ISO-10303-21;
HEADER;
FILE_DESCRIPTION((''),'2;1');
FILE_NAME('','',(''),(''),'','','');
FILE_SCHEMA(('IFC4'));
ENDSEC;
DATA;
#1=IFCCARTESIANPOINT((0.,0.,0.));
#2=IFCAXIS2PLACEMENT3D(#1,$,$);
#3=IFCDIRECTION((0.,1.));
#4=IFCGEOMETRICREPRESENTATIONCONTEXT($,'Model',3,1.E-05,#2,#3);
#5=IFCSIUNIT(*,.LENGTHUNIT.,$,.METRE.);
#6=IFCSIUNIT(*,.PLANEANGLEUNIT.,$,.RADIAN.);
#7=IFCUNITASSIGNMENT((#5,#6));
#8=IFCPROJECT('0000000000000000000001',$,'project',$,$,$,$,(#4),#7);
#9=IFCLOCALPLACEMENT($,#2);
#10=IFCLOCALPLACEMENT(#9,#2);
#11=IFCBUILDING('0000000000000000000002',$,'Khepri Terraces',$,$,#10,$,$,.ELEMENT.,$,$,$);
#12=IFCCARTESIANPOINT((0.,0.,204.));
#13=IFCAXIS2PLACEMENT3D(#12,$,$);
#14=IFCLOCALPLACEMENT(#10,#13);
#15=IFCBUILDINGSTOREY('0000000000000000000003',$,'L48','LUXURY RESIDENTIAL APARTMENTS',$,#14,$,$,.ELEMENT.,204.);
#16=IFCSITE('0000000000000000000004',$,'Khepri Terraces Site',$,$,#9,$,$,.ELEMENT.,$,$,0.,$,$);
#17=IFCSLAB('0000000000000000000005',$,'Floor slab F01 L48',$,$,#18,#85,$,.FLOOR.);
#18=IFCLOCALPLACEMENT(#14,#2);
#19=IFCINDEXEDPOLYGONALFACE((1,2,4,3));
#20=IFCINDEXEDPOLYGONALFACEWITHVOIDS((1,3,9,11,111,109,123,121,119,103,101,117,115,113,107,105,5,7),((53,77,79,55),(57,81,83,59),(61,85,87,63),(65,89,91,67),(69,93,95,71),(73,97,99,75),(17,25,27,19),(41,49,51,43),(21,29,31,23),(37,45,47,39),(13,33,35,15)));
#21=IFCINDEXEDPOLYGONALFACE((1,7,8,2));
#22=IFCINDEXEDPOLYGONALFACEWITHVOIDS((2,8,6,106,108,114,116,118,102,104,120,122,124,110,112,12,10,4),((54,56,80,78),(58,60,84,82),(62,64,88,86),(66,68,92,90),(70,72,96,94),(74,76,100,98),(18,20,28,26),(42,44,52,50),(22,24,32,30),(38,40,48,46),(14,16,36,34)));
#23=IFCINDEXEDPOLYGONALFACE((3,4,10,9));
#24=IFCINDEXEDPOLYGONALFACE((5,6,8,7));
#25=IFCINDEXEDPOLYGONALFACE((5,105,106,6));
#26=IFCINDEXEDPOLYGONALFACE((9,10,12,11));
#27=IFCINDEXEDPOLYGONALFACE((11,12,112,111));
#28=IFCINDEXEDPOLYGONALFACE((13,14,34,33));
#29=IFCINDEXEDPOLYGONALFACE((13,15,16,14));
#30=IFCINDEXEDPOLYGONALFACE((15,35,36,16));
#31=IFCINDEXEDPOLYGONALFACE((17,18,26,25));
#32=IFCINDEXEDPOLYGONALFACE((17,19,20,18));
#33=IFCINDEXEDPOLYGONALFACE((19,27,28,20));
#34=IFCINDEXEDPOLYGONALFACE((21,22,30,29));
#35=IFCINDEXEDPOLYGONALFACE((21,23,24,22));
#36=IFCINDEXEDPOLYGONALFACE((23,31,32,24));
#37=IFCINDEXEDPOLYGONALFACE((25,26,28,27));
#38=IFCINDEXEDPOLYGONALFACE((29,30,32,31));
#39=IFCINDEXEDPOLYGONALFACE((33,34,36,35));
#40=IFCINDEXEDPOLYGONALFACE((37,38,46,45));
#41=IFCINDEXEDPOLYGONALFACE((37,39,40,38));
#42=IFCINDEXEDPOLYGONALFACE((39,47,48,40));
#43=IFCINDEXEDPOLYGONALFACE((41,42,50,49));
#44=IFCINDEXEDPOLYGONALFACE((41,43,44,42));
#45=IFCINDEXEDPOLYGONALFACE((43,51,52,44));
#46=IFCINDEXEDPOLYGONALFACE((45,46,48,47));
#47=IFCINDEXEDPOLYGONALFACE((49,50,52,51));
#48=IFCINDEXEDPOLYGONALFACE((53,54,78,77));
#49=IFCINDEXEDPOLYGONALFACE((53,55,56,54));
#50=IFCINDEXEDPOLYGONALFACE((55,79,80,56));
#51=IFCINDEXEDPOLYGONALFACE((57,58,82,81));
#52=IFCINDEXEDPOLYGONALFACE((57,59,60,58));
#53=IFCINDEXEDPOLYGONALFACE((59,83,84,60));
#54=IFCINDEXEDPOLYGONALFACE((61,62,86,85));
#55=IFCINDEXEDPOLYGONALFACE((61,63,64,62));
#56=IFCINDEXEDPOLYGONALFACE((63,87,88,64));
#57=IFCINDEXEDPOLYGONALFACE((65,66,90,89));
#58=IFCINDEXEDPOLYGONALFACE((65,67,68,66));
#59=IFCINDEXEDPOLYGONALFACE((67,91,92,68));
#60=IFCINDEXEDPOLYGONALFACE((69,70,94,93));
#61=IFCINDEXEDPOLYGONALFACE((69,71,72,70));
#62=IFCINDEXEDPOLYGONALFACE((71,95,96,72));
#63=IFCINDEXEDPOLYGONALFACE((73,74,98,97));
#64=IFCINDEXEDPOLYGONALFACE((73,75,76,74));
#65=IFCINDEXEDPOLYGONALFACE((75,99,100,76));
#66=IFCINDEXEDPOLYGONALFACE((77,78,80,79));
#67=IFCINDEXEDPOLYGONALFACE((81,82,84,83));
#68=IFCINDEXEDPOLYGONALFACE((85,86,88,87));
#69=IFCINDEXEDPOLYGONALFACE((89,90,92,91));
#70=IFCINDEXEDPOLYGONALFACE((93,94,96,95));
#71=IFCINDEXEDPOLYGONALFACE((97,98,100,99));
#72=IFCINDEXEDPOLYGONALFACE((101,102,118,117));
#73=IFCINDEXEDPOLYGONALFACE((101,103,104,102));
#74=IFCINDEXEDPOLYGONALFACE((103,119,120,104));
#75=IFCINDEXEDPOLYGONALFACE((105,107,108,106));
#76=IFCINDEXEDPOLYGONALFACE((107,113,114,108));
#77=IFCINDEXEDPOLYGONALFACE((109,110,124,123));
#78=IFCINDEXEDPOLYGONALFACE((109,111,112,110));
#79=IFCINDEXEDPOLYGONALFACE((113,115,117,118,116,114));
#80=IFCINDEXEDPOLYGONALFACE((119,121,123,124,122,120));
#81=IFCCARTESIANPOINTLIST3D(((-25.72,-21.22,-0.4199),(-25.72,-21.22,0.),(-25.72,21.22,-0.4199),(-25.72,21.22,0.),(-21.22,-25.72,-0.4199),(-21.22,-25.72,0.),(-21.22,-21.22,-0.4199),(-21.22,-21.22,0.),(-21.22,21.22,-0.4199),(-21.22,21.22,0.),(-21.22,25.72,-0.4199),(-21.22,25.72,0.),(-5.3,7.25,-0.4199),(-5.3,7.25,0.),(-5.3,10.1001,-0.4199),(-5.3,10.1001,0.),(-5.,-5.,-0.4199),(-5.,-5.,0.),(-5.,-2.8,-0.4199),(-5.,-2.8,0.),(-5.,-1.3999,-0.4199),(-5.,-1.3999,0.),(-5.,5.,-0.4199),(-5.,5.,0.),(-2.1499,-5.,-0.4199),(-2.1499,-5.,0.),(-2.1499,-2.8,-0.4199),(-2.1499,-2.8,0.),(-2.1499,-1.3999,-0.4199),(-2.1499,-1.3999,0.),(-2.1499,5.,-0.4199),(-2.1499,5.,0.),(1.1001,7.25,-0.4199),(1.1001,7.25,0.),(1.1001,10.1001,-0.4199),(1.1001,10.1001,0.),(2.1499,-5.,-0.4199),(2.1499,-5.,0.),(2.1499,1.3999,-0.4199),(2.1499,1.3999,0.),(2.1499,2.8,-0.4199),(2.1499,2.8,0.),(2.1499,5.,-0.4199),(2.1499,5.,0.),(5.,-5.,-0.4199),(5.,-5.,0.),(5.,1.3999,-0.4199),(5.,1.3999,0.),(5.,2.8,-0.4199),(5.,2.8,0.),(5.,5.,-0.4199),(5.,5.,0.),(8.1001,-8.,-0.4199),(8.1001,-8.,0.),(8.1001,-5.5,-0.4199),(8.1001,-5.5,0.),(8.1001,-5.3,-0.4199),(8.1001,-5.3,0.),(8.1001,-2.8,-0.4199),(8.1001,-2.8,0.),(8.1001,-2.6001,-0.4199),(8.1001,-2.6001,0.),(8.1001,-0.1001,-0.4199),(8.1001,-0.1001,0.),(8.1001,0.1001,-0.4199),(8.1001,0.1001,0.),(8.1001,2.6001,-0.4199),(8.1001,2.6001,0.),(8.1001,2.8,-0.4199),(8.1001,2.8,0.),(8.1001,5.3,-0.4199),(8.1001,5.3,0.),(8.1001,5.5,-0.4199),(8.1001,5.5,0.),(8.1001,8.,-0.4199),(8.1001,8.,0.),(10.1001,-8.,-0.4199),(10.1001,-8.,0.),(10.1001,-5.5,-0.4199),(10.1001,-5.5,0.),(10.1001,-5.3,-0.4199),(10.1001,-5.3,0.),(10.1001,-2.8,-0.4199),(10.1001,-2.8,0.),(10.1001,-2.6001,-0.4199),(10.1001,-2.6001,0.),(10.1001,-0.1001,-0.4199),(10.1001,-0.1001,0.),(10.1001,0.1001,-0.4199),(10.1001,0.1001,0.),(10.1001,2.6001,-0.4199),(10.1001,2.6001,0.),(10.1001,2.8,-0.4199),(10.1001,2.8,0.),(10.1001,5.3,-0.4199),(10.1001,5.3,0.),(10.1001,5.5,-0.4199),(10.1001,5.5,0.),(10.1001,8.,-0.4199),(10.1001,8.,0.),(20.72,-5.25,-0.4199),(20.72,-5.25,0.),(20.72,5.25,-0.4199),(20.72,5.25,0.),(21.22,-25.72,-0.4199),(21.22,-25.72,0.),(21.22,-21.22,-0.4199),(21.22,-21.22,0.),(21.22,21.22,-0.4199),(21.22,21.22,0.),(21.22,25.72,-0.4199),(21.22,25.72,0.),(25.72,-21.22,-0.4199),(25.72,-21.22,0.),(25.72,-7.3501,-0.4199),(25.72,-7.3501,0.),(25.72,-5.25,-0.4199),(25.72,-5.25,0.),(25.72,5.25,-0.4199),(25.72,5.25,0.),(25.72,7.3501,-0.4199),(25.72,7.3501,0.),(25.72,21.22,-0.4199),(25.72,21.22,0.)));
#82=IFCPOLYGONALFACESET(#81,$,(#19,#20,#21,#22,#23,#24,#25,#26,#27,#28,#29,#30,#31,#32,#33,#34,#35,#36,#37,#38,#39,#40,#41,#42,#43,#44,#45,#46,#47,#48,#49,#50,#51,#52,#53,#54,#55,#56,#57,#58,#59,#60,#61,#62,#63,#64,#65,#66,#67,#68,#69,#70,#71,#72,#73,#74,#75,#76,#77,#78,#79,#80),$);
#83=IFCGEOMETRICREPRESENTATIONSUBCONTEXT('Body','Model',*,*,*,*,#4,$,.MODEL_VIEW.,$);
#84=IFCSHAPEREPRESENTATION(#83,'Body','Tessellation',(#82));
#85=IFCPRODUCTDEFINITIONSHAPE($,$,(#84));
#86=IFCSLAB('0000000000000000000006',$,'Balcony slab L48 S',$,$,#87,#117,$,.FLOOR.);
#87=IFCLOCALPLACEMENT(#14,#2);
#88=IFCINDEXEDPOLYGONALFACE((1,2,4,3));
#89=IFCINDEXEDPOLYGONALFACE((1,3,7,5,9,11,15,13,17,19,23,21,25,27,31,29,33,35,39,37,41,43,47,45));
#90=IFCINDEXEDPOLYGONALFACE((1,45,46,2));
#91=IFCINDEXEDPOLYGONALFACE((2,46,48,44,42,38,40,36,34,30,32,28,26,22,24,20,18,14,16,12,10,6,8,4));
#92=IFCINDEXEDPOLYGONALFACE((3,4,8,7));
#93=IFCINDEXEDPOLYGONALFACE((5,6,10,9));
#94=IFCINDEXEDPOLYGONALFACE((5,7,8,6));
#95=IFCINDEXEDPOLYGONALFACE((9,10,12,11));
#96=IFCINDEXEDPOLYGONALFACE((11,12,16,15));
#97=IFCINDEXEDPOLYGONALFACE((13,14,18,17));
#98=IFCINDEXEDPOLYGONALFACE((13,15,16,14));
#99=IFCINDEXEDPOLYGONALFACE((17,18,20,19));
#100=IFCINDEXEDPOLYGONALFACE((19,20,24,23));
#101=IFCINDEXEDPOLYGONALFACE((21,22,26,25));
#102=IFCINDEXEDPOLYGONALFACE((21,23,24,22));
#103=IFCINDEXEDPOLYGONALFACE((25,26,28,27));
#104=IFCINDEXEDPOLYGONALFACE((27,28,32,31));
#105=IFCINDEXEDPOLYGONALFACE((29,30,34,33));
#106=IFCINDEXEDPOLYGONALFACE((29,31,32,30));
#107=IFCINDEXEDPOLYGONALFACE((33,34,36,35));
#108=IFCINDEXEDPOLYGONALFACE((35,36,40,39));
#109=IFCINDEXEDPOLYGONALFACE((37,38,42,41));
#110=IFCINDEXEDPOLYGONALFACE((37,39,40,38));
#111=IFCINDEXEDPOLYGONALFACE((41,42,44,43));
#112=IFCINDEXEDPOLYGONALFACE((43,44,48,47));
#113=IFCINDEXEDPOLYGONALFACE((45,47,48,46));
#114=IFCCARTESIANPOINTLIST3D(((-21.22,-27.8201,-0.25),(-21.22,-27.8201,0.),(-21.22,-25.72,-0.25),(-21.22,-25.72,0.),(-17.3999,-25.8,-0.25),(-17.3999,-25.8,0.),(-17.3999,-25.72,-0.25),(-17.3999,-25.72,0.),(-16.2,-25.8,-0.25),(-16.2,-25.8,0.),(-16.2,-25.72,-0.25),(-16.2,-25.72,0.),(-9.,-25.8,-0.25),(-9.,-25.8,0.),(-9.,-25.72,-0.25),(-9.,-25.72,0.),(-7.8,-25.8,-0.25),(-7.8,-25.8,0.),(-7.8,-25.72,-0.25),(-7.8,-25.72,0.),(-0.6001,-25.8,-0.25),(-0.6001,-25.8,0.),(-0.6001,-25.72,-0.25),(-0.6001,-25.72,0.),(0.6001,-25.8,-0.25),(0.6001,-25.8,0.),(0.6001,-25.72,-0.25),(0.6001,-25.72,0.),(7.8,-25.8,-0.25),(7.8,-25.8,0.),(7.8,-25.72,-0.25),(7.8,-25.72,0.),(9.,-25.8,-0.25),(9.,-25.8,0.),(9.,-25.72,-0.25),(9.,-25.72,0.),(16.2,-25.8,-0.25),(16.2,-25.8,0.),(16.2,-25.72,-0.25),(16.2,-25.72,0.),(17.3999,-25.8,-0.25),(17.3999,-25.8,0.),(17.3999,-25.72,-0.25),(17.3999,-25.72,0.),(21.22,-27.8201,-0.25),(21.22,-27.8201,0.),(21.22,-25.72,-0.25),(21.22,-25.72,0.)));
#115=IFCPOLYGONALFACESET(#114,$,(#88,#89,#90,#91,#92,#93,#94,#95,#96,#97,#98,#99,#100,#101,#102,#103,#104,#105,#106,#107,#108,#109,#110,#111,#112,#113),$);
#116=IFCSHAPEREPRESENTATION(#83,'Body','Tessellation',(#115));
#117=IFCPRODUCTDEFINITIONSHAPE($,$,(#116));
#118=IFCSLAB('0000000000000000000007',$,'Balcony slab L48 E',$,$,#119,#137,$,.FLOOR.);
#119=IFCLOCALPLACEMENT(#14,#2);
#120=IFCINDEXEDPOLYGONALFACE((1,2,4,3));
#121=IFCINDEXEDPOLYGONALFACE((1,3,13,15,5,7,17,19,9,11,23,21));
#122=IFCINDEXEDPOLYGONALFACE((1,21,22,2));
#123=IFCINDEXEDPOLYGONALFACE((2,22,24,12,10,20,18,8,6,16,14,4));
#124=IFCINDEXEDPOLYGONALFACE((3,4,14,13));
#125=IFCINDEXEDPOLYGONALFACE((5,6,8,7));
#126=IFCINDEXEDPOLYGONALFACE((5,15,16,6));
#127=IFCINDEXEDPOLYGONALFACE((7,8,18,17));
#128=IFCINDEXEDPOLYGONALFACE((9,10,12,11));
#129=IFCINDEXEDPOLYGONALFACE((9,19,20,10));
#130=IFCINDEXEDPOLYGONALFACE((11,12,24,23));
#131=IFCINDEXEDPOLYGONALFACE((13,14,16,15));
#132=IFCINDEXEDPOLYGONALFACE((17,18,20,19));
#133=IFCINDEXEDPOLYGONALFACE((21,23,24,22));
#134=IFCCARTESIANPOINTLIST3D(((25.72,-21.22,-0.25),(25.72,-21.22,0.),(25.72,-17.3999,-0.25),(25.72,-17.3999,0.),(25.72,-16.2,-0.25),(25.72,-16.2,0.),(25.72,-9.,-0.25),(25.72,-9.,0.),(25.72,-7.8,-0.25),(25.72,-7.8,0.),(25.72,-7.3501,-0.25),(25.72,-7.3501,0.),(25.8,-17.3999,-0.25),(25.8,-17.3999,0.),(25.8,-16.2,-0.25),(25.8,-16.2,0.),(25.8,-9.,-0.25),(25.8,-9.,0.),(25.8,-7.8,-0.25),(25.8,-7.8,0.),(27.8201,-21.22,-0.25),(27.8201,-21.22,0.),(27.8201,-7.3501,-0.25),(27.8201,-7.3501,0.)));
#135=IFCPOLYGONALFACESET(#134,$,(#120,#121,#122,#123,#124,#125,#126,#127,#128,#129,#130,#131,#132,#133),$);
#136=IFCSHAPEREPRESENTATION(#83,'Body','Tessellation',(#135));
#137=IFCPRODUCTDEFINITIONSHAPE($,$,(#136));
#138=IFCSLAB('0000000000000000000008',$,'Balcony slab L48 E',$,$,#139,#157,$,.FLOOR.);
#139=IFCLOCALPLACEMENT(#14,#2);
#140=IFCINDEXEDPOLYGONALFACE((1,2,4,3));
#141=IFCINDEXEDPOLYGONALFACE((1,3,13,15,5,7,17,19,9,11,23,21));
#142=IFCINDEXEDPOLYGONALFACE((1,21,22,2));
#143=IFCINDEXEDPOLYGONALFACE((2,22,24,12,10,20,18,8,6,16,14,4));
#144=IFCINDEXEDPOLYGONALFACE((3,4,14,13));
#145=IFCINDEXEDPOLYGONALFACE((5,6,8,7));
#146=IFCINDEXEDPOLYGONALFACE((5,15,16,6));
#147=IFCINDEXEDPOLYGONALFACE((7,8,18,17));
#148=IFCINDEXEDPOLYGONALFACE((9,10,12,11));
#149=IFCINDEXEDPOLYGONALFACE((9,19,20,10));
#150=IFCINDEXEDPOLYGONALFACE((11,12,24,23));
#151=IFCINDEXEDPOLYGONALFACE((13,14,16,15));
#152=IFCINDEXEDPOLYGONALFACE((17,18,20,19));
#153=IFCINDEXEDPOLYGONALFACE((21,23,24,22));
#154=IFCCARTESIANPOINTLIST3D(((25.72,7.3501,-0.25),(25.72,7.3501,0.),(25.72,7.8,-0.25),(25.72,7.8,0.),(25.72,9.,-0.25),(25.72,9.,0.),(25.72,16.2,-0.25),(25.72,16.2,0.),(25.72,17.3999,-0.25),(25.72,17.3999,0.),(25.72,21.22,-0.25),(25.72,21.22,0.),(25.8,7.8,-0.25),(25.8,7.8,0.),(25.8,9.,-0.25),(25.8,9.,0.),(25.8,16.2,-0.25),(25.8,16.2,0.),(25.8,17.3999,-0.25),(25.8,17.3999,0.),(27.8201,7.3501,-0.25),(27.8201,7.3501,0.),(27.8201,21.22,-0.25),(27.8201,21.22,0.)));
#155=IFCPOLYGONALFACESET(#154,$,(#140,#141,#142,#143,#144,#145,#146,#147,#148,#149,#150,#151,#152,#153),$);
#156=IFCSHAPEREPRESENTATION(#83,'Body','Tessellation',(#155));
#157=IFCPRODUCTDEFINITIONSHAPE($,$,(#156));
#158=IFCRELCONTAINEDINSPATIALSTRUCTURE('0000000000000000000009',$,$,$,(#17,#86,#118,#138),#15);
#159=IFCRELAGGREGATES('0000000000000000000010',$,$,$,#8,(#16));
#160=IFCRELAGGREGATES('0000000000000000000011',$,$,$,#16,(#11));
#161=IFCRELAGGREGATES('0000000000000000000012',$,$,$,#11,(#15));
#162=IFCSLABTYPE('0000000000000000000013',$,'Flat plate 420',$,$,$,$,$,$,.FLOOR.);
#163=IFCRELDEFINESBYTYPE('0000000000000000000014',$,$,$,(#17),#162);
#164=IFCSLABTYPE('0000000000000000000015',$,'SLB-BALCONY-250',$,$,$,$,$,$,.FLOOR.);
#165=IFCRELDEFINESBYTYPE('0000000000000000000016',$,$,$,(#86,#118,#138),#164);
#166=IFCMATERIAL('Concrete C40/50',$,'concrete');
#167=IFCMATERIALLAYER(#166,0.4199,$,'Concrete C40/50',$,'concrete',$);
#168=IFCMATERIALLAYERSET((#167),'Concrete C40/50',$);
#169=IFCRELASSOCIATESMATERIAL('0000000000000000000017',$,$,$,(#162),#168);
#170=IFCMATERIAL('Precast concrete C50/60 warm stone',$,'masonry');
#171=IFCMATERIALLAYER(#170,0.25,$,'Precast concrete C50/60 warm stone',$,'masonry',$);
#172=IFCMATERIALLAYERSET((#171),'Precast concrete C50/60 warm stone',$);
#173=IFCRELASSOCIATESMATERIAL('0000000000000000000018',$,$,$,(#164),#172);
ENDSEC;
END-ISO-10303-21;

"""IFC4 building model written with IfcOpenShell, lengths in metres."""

from ifc_helpers import new_model, si_unit, direction, frame, origin, place, context, subcontext, project, spatial, polyline, outline, extrude, material, layer, layer_set, type_object, element, save


model = new_model("IFC4")

# Units and contexts
model_context = context("Model", 3, precision=1e-05, world=origin(), true_north=direction((0.0, 1.0)))
body_context = subcontext(model_context, "Body", "Model", "MODEL_VIEW")
ifc_project = project(units=[si_unit("LENGTHUNIT", "METRE"), si_unit("PLANEANGLEUNIT", "RADIAN")], contexts=[model_context])

# Site, building, storey
site_placement = place(None, origin())
site = spatial("IfcSite", under=ifc_project, at=site_placement, Name="Khepri Terraces Site", CompositionType="ELEMENT", RefElevation=0.0)
building_placement = place(site_placement, origin())
building = spatial("IfcBuilding", under=site, at=building_placement, Name="Khepri Terraces", CompositionType="ELEMENT")
storey_placement = place(building_placement, frame((0.0, 0.0, 204.0)))
storey = spatial("IfcBuildingStorey", under=building, at=storey_placement, Name="L48", Description="LUXURY RESIDENTIAL APARTMENTS", CompositionType="ELEMENT", Elevation=204.0)

# Slabs
ifc_material_1 = material(Name="Concrete C40/50", Category="concrete")
ifc_layer_1 = layer(ifc_material_1, 0.4199, Name="Concrete C40/50", Category="concrete")
ifc_layer_set_1 = layer_set([ifc_layer_1], Name="Concrete C40/50")
slab_type_1 = type_object("IfcSlabType", Name="Flat plate 420", PredefinedType="FLOOR", material=ifc_layer_set_1)
slab_1_placement = place(storey_placement, frame((0.0, 0.0, -0.4199)))
element("IfcSlab", 1, at=slab_1_placement, inside=storey, type_object=slab_type_1, Name="Floor slab F01 L48", PredefinedType="FLOOR", context=body_context, shape_type="SweptSolid", body=[
    extrude(outline(polyline([(21.22, 25.72), (21.22, 21.22), (25.72, 21.22), (25.72, 7.3501), (25.72, 5.25), (20.72, 5.25), (20.72, -5.25), (25.72, -5.25), (25.72, -7.3501), (25.72, -21.22), (21.22, -21.22), (21.22, -25.72), (-21.22, -25.72), (-21.22, -21.22), (-25.72, -21.22), (-25.72, 21.22), (-21.22, 21.22), (-21.22, 25.72), (21.22, 25.72)]), holes=[polyline([(2.1499, 2.8), (5.0, 2.8), (5.0, 5.0), (2.1499, 5.0), (2.1499, 2.8)]), polyline([(-5.0, -2.8), (-5.0, -5.0), (-2.1499, -5.0), (-2.1499, -2.8), (-5.0, -2.8)]), polyline([(10.1001, -5.5), (8.1001, -5.5), (8.1001, -8.0), (10.1001, -8.0), (10.1001, -5.5)]), polyline([(10.1001, -5.3), (10.1001, -2.8), (8.1001, -2.8), (8.1001, -5.3), (10.1001, -5.3)]), polyline([(8.1001, -2.6001), (10.1001, -2.6001), (10.1001, -0.1001), (8.1001, -0.1001), (8.1001, -2.6001)]), polyline([(8.1001, 2.6001), (8.1001, 0.1001), (10.1001, 0.1001), (10.1001, 2.6001), (8.1001, 2.6001)]), polyline([(10.1001, 5.3), (8.1001, 5.3), (8.1001, 2.8), (10.1001, 2.8), (10.1001, 5.3)]), polyline([(10.1001, 5.5), (10.1001, 8.0), (8.1001, 8.0), (8.1001, 5.5), (10.1001, 5.5)]), polyline([(-5.0, -1.3999), (-2.1499, -1.3999), (-2.1499, 5.0), (-5.0, 5.0), (-5.0, -1.3999)]), polyline([(5.0, -5.0), (5.0, 1.3999), (2.1499, 1.3999), (2.1499, -5.0), (5.0, -5.0)]), polyline([(-5.3, 10.1001), (-5.3, 7.25), (1.1001, 7.25), (1.1001, 10.1001), (-5.3, 10.1001)])]), origin(), (0.0, 0.0, 1.0), 0.4199),
])
ifc_material_2 = material(Name="Precast concrete C50/60 warm stone", Category="masonry")
ifc_layer_2 = layer(ifc_material_2, 0.25, Name="Precast concrete C50/60 warm stone", Category="masonry")
ifc_layer_set_2 = layer_set([ifc_layer_2], Name="Precast concrete C50/60 warm stone")
slab_type_2 = type_object("IfcSlabType", Name="SLB-BALCONY-250", PredefinedType="FLOOR", material=ifc_layer_set_2)
slab_2_placement = place(storey_placement, frame((0.0, 0.0, -0.25)))
element("IfcSlab", 2, at=slab_2_placement, inside=storey, type_object=slab_type_2, Name="Balcony slab L48 S", PredefinedType="FLOOR", context=body_context, shape_type="SweptSolid", body=[
    extrude(outline(polyline([(-17.3999, -25.72), (-21.22, -25.72), (-21.22, -27.8201), (21.22, -27.8201), (21.22, -25.72), (17.3999, -25.72), (17.3999, -25.8), (16.2, -25.8), (16.2, -25.72), (9.0, -25.72), (9.0, -25.8), (7.8, -25.8), (7.8, -25.72), (0.6001, -25.72), (0.6001, -25.8), (-0.6001, -25.8), (-0.6001, -25.72), (-7.8, -25.72), (-7.8, -25.8), (-9.0, -25.8), (-9.0, -25.72), (-16.2, -25.72), (-16.2, -25.8), (-17.3999, -25.8), (-17.3999, -25.72)])), origin(), (0.0, 0.0, 1.0), 0.25),
])
slab_3_placement = place(storey_placement, frame((0.0, 0.0, -0.25)))
element("IfcSlab", 3, at=slab_3_placement, inside=storey, type_object=slab_type_2, Name="Balcony slab L48 E", PredefinedType="FLOOR", context=body_context, shape_type="SweptSolid", body=[
    extrude(outline(polyline([(25.72, -17.3999), (25.72, -21.22), (27.8201, -21.22), (27.8201, -7.3501), (25.72, -7.3501), (25.72, -7.8), (25.8, -7.8), (25.8, -9.0), (25.72, -9.0), (25.72, -16.2), (25.8, -16.2), (25.8, -17.3999), (25.72, -17.3999)])), origin(), (0.0, 0.0, 1.0), 0.25),
])
slab_4_placement = place(storey_placement, frame((0.0, 0.0, -0.25)))
element("IfcSlab", 4, at=slab_4_placement, inside=storey, type_object=slab_type_2, Name="Balcony slab L48 E", PredefinedType="FLOOR", context=body_context, shape_type="SweptSolid", body=[
    extrude(outline(polyline([(25.72, 7.8), (25.72, 7.3501), (27.8201, 7.3501), (27.8201, 21.22), (25.72, 21.22), (25.72, 17.3999), (25.8, 17.3999), (25.8, 16.2), (25.72, 16.2), (25.72, 9.0), (25.8, 9.0), (25.8, 7.8), (25.72, 7.8)])), origin(), (0.0, 0.0, 1.0), 0.25),
])

save(model, "model.ifc")
